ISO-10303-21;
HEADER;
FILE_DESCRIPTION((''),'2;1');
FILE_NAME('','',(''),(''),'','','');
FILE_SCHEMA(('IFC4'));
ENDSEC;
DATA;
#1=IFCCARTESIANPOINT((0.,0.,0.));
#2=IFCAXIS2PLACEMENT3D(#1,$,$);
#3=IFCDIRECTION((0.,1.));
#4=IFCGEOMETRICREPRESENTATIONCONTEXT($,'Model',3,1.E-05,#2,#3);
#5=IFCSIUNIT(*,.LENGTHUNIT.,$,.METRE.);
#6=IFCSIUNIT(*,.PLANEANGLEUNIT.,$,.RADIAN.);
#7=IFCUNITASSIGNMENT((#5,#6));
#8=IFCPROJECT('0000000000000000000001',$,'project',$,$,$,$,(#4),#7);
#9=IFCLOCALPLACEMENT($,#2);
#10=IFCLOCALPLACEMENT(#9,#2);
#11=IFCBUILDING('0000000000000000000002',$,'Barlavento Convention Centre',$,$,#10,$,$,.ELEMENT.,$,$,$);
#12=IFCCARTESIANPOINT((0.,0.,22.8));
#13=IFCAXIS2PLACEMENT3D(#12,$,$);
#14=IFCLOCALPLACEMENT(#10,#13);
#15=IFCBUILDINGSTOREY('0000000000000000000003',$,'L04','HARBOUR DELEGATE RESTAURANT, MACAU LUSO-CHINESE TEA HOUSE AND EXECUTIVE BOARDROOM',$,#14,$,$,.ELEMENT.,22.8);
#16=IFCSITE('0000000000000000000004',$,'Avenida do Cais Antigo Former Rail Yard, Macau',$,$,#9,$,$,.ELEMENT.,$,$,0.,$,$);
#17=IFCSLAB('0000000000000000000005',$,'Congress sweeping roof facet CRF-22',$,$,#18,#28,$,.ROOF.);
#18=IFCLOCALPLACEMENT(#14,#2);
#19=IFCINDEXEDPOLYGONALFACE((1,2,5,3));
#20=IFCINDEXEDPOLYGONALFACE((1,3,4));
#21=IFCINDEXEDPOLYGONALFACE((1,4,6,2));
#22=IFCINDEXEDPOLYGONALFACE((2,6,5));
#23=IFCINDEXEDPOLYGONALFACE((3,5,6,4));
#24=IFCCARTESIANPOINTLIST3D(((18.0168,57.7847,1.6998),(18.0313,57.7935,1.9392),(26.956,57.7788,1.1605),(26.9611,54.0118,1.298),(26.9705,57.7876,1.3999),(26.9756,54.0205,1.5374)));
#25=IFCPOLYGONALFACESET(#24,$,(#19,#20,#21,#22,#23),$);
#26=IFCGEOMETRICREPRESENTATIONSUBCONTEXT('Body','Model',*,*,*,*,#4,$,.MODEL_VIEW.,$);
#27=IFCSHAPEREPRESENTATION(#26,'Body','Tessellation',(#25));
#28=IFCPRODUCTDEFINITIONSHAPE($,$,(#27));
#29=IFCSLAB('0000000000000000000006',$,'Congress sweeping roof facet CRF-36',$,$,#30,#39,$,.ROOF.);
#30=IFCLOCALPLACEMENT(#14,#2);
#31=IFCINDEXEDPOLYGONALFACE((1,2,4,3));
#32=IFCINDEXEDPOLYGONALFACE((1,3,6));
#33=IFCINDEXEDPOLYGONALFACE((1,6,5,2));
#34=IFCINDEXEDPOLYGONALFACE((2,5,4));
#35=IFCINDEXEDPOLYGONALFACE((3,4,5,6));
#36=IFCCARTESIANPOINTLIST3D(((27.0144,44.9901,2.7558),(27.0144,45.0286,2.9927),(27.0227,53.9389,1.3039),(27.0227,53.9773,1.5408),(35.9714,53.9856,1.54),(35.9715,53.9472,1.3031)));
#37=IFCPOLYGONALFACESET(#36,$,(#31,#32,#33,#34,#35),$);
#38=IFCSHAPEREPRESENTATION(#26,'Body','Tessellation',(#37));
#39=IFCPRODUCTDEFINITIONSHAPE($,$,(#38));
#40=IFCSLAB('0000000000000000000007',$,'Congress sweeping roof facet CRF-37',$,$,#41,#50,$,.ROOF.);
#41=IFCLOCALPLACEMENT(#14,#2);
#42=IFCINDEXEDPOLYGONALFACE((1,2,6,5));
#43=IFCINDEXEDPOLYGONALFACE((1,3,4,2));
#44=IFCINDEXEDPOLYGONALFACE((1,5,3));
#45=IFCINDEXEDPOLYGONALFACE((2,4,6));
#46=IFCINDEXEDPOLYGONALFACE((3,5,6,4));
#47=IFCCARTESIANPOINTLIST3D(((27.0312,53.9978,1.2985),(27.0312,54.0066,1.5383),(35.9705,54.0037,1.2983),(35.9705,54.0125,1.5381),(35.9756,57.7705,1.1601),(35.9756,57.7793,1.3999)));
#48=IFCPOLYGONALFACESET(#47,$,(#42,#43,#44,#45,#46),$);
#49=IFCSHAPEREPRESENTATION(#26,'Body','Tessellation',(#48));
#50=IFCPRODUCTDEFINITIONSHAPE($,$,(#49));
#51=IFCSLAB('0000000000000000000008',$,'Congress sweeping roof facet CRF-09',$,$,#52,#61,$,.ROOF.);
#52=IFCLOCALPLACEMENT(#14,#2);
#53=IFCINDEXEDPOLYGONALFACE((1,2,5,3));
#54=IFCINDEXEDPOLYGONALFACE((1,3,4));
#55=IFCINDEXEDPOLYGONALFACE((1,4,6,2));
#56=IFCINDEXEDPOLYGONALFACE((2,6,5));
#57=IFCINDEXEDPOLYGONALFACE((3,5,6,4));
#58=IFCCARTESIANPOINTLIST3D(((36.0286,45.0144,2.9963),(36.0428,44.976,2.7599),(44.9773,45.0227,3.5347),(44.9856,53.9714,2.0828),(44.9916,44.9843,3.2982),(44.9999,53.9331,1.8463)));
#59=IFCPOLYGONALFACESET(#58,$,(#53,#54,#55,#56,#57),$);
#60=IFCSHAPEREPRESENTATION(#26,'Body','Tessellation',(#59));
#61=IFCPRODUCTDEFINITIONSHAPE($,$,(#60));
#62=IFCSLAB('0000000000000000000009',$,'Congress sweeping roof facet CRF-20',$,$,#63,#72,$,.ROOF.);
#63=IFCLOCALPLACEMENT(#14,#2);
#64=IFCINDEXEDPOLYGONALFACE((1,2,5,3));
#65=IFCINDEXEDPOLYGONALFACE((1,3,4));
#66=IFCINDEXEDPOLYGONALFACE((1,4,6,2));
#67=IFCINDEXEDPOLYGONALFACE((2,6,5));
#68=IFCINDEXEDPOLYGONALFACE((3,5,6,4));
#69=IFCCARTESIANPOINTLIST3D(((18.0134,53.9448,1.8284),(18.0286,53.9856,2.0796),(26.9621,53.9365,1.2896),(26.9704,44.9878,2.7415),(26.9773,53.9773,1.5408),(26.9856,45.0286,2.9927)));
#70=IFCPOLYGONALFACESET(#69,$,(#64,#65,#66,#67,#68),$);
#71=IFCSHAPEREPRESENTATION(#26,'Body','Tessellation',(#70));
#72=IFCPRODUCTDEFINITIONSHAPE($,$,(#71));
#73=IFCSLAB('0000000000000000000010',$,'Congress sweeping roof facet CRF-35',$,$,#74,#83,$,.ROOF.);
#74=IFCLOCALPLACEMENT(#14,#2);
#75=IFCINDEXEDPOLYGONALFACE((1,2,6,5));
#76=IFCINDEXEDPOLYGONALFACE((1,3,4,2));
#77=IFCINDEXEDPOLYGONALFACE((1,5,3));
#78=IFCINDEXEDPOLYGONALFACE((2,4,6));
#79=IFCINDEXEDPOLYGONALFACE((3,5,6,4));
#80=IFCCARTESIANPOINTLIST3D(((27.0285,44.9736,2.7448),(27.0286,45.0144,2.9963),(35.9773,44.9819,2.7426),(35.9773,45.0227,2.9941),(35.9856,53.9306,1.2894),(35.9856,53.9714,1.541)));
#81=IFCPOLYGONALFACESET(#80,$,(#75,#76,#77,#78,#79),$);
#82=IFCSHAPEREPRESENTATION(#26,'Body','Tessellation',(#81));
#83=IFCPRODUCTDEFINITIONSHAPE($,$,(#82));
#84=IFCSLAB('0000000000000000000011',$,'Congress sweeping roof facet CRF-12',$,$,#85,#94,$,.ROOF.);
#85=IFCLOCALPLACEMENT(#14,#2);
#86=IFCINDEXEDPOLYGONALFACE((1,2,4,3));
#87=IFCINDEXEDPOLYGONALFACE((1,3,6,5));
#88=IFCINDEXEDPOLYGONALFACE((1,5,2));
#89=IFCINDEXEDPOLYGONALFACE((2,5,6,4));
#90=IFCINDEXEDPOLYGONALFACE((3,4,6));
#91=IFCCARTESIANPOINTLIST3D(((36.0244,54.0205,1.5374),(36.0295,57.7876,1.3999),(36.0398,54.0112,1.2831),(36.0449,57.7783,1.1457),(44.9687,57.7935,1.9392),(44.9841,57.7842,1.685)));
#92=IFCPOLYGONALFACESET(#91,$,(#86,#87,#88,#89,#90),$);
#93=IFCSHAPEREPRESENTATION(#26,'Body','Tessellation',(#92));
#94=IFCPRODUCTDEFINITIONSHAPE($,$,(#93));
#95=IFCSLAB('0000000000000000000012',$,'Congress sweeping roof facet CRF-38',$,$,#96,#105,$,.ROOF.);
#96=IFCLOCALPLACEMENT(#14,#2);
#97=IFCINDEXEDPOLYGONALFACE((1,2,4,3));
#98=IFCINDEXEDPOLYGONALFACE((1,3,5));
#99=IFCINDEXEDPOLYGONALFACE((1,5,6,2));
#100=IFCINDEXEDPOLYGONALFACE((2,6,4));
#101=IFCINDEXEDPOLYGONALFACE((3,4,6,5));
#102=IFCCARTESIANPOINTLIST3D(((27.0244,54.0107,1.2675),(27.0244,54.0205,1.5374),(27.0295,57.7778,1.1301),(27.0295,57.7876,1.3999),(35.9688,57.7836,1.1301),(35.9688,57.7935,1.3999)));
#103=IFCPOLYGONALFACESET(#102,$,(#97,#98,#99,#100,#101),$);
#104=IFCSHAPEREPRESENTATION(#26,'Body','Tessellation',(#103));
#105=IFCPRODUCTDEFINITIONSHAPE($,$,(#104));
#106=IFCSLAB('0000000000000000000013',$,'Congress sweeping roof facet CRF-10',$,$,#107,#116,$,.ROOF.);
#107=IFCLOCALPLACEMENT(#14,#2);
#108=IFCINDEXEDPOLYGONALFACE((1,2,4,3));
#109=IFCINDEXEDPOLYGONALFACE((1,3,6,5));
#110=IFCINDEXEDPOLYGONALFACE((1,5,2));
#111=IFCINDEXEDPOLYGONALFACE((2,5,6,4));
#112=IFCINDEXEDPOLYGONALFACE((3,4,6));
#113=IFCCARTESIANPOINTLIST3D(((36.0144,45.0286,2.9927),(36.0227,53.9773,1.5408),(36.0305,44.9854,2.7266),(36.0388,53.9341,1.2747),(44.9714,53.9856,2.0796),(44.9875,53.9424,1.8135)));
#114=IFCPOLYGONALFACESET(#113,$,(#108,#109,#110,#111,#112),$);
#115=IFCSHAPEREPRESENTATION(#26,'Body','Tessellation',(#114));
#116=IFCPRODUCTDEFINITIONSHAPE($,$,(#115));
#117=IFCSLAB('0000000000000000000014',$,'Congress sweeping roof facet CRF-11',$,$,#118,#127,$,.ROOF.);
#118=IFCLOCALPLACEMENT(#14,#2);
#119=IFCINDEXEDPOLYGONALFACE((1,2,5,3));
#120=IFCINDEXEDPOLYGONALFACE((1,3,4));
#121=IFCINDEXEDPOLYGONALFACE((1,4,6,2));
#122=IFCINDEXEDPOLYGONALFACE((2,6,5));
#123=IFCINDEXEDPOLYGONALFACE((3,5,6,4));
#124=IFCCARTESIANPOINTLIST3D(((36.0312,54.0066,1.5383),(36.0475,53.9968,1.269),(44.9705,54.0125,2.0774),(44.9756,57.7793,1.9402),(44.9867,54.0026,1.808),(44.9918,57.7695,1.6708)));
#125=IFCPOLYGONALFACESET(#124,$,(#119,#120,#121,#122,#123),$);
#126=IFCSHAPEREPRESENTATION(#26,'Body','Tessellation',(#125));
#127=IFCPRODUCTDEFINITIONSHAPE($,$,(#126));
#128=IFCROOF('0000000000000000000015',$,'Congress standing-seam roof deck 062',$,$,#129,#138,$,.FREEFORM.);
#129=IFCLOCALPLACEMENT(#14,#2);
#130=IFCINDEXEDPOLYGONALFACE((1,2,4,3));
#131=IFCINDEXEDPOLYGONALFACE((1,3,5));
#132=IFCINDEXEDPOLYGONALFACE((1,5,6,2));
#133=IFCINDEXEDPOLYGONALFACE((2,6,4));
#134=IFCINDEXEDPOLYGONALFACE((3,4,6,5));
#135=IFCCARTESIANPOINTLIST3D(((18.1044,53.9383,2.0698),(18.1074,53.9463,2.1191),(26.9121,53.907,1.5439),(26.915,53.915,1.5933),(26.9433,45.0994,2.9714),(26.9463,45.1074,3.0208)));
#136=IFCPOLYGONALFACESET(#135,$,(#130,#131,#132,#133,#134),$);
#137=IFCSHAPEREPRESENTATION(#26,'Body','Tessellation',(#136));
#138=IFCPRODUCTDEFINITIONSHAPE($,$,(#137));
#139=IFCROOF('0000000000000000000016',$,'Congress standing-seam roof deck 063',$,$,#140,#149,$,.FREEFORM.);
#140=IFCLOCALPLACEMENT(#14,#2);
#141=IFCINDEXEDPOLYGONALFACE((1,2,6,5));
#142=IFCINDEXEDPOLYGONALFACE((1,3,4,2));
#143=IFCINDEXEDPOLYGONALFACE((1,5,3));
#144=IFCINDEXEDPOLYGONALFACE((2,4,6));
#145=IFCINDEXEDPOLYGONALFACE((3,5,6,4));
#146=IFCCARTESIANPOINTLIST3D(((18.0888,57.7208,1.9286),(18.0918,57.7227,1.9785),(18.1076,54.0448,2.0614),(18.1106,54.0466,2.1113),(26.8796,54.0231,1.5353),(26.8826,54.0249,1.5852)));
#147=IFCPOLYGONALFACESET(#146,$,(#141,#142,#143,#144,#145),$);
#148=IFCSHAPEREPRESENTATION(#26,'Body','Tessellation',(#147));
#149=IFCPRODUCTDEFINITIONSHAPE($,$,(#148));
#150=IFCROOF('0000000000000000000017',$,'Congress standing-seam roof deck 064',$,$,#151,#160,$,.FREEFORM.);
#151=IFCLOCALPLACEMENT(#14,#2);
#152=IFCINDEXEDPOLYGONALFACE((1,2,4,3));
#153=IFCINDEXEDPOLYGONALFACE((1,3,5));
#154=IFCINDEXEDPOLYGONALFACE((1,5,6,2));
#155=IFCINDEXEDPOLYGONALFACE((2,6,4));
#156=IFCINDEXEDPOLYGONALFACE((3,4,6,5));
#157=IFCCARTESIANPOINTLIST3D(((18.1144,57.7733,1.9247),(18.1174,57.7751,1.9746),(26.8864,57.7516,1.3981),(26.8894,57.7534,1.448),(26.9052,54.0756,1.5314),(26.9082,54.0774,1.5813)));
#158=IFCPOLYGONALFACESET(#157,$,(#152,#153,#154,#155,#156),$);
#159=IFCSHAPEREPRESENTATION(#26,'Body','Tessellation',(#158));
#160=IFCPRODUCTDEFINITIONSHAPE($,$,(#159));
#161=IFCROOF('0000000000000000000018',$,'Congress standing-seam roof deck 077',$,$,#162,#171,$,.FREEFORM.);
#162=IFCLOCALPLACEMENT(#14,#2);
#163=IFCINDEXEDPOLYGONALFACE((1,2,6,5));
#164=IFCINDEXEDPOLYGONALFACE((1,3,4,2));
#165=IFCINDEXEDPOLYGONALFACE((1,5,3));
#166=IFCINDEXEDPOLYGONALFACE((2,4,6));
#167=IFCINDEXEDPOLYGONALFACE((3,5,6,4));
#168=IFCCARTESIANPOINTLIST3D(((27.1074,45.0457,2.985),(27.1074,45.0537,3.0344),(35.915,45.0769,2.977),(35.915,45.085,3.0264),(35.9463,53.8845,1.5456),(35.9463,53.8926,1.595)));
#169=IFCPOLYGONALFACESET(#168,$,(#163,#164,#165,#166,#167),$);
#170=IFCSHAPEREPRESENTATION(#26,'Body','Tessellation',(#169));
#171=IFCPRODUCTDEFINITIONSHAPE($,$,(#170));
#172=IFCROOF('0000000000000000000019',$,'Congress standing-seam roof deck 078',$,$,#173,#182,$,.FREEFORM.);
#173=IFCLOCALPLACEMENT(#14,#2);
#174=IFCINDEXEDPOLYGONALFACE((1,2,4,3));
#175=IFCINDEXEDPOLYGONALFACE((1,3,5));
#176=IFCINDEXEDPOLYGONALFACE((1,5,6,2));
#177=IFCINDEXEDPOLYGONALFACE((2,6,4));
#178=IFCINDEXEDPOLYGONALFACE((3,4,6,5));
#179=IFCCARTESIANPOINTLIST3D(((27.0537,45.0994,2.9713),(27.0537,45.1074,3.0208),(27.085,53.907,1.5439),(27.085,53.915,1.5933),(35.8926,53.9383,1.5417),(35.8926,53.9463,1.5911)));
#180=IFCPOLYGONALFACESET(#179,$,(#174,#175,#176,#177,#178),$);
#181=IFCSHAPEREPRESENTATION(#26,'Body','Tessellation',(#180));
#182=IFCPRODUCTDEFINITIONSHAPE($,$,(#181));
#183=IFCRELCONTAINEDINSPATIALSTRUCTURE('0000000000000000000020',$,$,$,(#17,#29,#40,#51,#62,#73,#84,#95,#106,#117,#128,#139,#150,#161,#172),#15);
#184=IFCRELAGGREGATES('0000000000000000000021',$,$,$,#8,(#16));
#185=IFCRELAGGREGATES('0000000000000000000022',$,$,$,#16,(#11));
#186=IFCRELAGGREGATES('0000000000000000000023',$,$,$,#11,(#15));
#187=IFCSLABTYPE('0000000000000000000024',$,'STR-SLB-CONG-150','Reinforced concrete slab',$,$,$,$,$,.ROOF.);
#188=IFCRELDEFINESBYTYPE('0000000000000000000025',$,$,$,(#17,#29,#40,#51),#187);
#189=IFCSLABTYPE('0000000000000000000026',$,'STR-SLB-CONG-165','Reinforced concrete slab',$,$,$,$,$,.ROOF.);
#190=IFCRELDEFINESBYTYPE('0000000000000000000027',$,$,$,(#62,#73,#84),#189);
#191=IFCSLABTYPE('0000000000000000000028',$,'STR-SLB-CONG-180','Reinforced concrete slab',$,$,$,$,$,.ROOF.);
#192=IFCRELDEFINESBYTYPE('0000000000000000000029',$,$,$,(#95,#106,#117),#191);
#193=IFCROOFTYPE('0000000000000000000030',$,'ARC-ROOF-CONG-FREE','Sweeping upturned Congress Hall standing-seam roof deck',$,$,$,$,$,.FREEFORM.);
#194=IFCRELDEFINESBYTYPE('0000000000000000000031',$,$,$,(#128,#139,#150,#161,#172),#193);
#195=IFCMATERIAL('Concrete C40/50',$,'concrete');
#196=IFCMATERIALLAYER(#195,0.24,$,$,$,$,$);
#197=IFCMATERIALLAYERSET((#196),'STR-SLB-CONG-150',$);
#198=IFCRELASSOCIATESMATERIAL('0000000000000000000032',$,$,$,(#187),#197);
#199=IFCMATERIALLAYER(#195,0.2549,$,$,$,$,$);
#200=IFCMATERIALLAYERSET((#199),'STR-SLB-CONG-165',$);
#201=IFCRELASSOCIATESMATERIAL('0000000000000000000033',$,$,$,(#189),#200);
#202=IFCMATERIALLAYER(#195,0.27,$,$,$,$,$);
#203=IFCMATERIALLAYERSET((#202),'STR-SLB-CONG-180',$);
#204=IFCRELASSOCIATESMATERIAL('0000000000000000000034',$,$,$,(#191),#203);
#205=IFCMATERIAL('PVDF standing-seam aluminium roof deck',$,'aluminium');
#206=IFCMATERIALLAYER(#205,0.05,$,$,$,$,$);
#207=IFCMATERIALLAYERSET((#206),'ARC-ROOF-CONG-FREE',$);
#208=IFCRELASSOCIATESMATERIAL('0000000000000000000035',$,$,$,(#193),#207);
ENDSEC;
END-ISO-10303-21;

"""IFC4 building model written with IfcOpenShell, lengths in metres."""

from ifc_helpers import new_model, si_unit, direction, frame, origin, place, context, subcontext, project, spatial, polyline, outline, extrude, material, layer, layer_set, type_object, element, save


model = new_model("IFC4")

# Units and contexts
model_context = context("Model", 3, precision=1e-05, world=origin(), true_north=direction((0.0, 1.0)))
body_context = subcontext(model_context, "Body", "Model", "MODEL_VIEW")
ifc_project = project(units=[si_unit("LENGTHUNIT", "METRE"), si_unit("PLANEANGLEUNIT", "RADIAN")], contexts=[model_context])

# Site, building, storey
site_placement = place(None, origin())
site = spatial("IfcSite", under=ifc_project, at=site_placement, Name="Avenida do Cais Antigo Former Rail Yard, Macau", CompositionType="ELEMENT", RefElevation=0.0)
building_placement = place(site_placement, origin())
building = spatial("IfcBuilding", under=site, at=building_placement, Name="Barlavento Convention Centre", CompositionType="ELEMENT")
storey_placement = place(building_placement, frame((0.0, 0.0, 22.8)))
storey = spatial("IfcBuildingStorey", under=building, at=storey_placement, Name="L04", Description="HARBOUR DELEGATE RESTAURANT, MACAU LUSO-CHINESE TEA HOUSE AND EXECUTIVE BOARDROOM", CompositionType="ELEMENT", Elevation=22.8)

# Slabs
ifc_material_1 = material(Name="Concrete C40/50", Category="concrete")
ifc_layer_1 = layer(ifc_material_1, 0.24)
ifc_layer_set_1 = layer_set([ifc_layer_1], Name="STR-SLB-CONG-150")
slab_type_1 = type_object("IfcSlabType", Name="STR-SLB-CONG-150", Description="Reinforced concrete slab", PredefinedType="ROOF", material=ifc_layer_set_1)
slab_1_placement = place(storey_placement, frame((26.9756, 54.0205, 1.5374), z_axis=(0.060205, 0.036479, 0.997519), x_axis=(-0.00136, 0.999334, -0.036463)))
element("IfcSlab", 1, at=slab_1_placement, inside=storey, type_object=slab_type_1, Name="Congress sweeping roof facet CRF-22", PredefinedType="ROOF", context=body_context, shape_type="SweptSolid", body=[
    extrude(outline(polyline([(0.0, 0.0), (3.7696, 0.0), (3.7679, 8.9555), (0.0, 0.0)])), origin(), (0.0, 0.0, -1.0), 0.24),
])
slab_2_placement = place(storey_placement, frame((27.0144, 45.0286, 2.9927), z_axis=(-0.000068, 0.160153, 0.987092), x_axis=(0.702503, 0.702503, -0.113931)))
element("IfcSlab", 2, at=slab_2_placement, inside=storey, type_object=slab_type_1, Name="Congress sweeping roof facet CRF-36", PredefinedType="ROOF", context=body_context, shape_type="SweptSolid", body=[
    extrude(outline(polyline([(0.0, 0.0), (12.7502, 0.0), (6.4578, 6.3628), (0.0, 0.0)])), origin(), (0.0, 0.0, -1.0), 0.24),
])
slab_3_placement = place(storey_placement, frame((27.0312, 54.0066, 1.5383), z_axis=(0.000003, 0.03666, 0.999328), x_axis=(1.0, 0.000655, -0.000027)))
element("IfcSlab", 3, at=slab_3_placement, inside=storey, type_object=slab_type_1, Name="Congress sweeping roof facet CRF-37", PredefinedType="ROOF", context=body_context, shape_type="SweptSolid", body=[
    extrude(outline(polyline([(0.0, 0.0), (8.9392, 0.0), (8.9468, 3.7694), (0.0, 0.0)])), origin(), (0.0, 0.0, -1.0), 0.24),
])
slab_4_placement = place(storey_placement, frame((36.0286, 45.0144, 2.9963), z_axis=(-0.059424, 0.159923, 0.985339), x_axis=(0.998195, 0.000926, 0.060049)))
element("IfcSlab", 4, at=slab_4_placement, inside=storey, type_object=slab_type_1, Name="Congress sweeping roof facet CRF-09", PredefinedType="ROOF", context=body_context, shape_type="SweptSolid", body=[
    extrude(outline(polyline([(0.0, 0.0), (8.9649, 0.0), (8.8943, 9.0655), (0.0, 0.0)])), origin(), (0.0, 0.0, -1.0), 0.24),
])
ifc_layer_2 = layer(ifc_material_1, 0.2549)
ifc_layer_set_2 = layer_set([ifc_layer_2], Name="STR-SLB-CONG-165")
slab_type_2 = type_object("IfcSlabType", Name="STR-SLB-CONG-165", Description="Reinforced concrete slab", PredefinedType="ROOF", material=ifc_layer_set_2)
slab_5_placement = place(storey_placement, frame((26.9856, 45.0286, 2.9927), z_axis=(0.059477, 0.159923, 0.985336), x_axis=(-0.000916, 0.987092, -0.160153)))
element("IfcSlab", 5, at=slab_5_placement, inside=storey, type_object=slab_type_2, Name="Congress sweeping roof facet CRF-20", PredefinedType="ROOF", context=body_context, shape_type="SweptSolid", body=[
    extrude(outline(polyline([(0.0, 0.0), (9.0658, 0.0), (8.9958, 8.9647), (0.0, 0.0)])), origin(), (0.0, 0.0, -1.0), 0.2549),
])
slab_6_placement = place(storey_placement, frame((27.0286, 45.0144, 2.9963), z_axis=(0.000094, 0.160284, 0.987071), x_axis=(1.0, 0.000928, -0.000246)))
element("IfcSlab", 6, at=slab_6_placement, inside=storey, type_object=slab_type_2, Name="Congress sweeping roof facet CRF-35", PredefinedType="ROOF", context=body_context, shape_type="SweptSolid", body=[
    extrude(outline(polyline([(0.0, 0.0), (8.9487, 0.0), (8.9657, 9.0659), (0.0, 0.0)])), origin(), (0.0, 0.0, -1.0), 0.2549),
])
slab_7_placement = place(storey_placement, frame((36.0244, 54.0205, 1.5374), z_axis=(-0.060205, 0.036479, 0.997519), x_axis=(0.920592, 0.388329, 0.041361)))
element("IfcSlab", 7, at=slab_7_placement, inside=storey, type_object=slab_type_2, Name="Congress sweeping roof facet CRF-12", PredefinedType="ROOF", context=body_context, shape_type="SweptSolid", body=[
    extrude(outline(polyline([(0.0, 0.0), (9.7159, 0.0), (1.4619, 3.4746), (0.0, 0.0)])), origin(), (0.0, 0.0, -1.0), 0.2549),
])
ifc_layer_3 = layer(ifc_material_1, 0.27)
ifc_layer_set_3 = layer_set([ifc_layer_3], Name="STR-SLB-CONG-180")
slab_type_3 = type_object("IfcSlabType", Name="STR-SLB-CONG-180", Description="Reinforced concrete slab", PredefinedType="ROOF", material=ifc_layer_set_3)
slab_8_placement = place(storey_placement, frame((27.0244, 54.0205, 1.5374), z_axis=(-0.000024, 0.036463, 0.999335), x_axis=(0.921288, 0.388623, -0.014158)))
element("IfcSlab", 8, at=slab_8_placement, inside=storey, type_object=slab_type_3, Name="Congress sweeping roof facet CRF-38", PredefinedType="ROOF", context=body_context, shape_type="SweptSolid", body=[
    extrude(outline(polyline([(0.0, 0.0), (9.7085, 0.0), (1.4706, 3.4709), (0.0, 0.0)])), origin(), (0.0, 0.0, -1.0), 0.27),
])
slab_9_placement = place(storey_placement, frame((36.0144, 45.0286, 2.9927), z_axis=(-0.059477, 0.159923, 0.985336), x_axis=(0.705277, 0.705277, -0.071896)))
element("IfcSlab", 9, at=slab_9_placement, inside=storey, type_object=slab_type_3, Name="Congress sweeping roof facet CRF-10", PredefinedType="ROOF", context=body_context, shape_type="SweptSolid", body=[
    extrude(outline(polyline([(0.0, 0.0), (12.7, 0.0), (6.4216, 6.3993), (0.0, 0.0)])), origin(), (0.0, 0.0, -1.0), 0.27),
])
slab_10_placement = place(storey_placement, frame((36.0312, 54.0066, 1.5383), z_axis=(-0.060178, 0.036417, 0.997523), x_axis=(0.998186, 0.000654, 0.060194)))
element("IfcSlab", 10, at=slab_10_placement, inside=storey, type_object=slab_type_3, Name="Congress sweeping roof facet CRF-11", PredefinedType="ROOF", context=body_context, shape_type="SweptSolid", body=[
    extrude(outline(polyline([(0.0, 0.0), (8.9554, 0.0), (8.9548, 3.7693), (0.0, 0.0)])), origin(), (0.0, 0.0, -1.0), 0.27),
])

# Roofs
ifc_material_2 = material(Name="PVDF standing-seam aluminium roof deck", Category="aluminium")
ifc_layer_4 = layer(ifc_material_2, 0.05)
ifc_layer_set_4 = layer_set([ifc_layer_4], Name="ARC-ROOF-CONG-FREE")
roof_type = type_object("IfcRoofType", Name="ARC-ROOF-CONG-FREE", Description="Sweeping upturned Congress Hall standing-seam roof deck", PredefinedType="FREEFORM", material=ifc_layer_set_4)
roof_1_placement = place(storey_placement, frame((26.9463, 45.1074, 3.0208), z_axis=(0.0594, 0.15991, 0.985343), x_axis=(-0.003502, 0.987113, -0.159986)))
element("IfcRoof", 11, at=roof_1_placement, inside=storey, type_object=roof_type, Name="Congress standing-seam roof deck 062", PredefinedType="FREEFORM", context=body_context, shape_type="SweptSolid", body=[
    extrude(outline(polyline([(0.0, 0.0), (8.9226, 0.0), (8.9002, 8.8233), (0.0, 0.0)])), origin(), (0.0, 0.0, -1.0), 0.05),
])
roof_2_placement = place(storey_placement, frame((18.1106, 54.0466, 2.1113), z_axis=(0.05992, 0.036347, 0.997541), x_axis=(0.998203, -0.002473, -0.05987)))
element("IfcRoof", 12, at=roof_2_placement, inside=storey, type_object=roof_type, Name="Congress standing-seam roof deck 063", PredefinedType="FREEFORM", context=body_context, shape_type="SweptSolid", body=[
    extrude(outline(polyline([(0.0, 0.0), (8.7878, 0.0), (-0.0199, 3.6784), (0.0, 0.0)])), origin(), (0.0, 0.0, -1.0), 0.05),
])
roof_3_placement = place(storey_placement, frame((26.9082, 54.0774, 1.5813), z_axis=(0.059976, 0.036479, 0.997533), x_axis=(-0.00511, 0.99933, -0.036238)))
element("IfcRoof", 13, at=roof_3_placement, inside=storey, type_object=roof_type, Name="Congress standing-seam roof deck 064", PredefinedType="FREEFORM", context=body_context, shape_type="SweptSolid", body=[
    extrude(outline(polyline([(0.0, 0.0), (3.6785, 0.0), (3.7259, 8.7877), (0.0, 0.0)])), origin(), (0.0, 0.0, -1.0), 0.05),
])
roof_4_placement = place(storey_placement, frame((27.1074, 45.0537, 3.0344), z_axis=(0.000334, 0.160412, 0.98705), x_axis=(0.999993, 0.003548, -0.000915)))
element("IfcRoof", 14, at=roof_4_placement, inside=storey, type_object=roof_type, Name="Congress standing-seam roof deck 077", PredefinedType="FREEFORM", context=body_context, shape_type="SweptSolid", body=[
    extrude(outline(polyline([(0.0, 0.0), (8.8077, 0.0), (8.8715, 8.923), (0.0, 0.0)])), origin(), (0.0, 0.0, -1.0), 0.05),
])
roof_5_placement = place(storey_placement, frame((27.0537, 45.1074, 3.0208), z_axis=(-0.000321, 0.159988, 0.987119), x_axis=(0.702527, 0.702527, -0.113634)))
element("IfcRoof", 15, at=roof_5_placement, inside=storey, type_object=roof_type, Name="Congress standing-seam roof deck 078", PredefinedType="FREEFORM", context=body_context, shape_type="SweptSolid", body=[
    extrude(outline(polyline([(0.0, 0.0), (12.5815, 0.0), (6.3718, 6.2461), (0.0, 0.0)])), origin(), (0.0, 0.0, -1.0), 0.05),
])

save(model, "model.ifc")
